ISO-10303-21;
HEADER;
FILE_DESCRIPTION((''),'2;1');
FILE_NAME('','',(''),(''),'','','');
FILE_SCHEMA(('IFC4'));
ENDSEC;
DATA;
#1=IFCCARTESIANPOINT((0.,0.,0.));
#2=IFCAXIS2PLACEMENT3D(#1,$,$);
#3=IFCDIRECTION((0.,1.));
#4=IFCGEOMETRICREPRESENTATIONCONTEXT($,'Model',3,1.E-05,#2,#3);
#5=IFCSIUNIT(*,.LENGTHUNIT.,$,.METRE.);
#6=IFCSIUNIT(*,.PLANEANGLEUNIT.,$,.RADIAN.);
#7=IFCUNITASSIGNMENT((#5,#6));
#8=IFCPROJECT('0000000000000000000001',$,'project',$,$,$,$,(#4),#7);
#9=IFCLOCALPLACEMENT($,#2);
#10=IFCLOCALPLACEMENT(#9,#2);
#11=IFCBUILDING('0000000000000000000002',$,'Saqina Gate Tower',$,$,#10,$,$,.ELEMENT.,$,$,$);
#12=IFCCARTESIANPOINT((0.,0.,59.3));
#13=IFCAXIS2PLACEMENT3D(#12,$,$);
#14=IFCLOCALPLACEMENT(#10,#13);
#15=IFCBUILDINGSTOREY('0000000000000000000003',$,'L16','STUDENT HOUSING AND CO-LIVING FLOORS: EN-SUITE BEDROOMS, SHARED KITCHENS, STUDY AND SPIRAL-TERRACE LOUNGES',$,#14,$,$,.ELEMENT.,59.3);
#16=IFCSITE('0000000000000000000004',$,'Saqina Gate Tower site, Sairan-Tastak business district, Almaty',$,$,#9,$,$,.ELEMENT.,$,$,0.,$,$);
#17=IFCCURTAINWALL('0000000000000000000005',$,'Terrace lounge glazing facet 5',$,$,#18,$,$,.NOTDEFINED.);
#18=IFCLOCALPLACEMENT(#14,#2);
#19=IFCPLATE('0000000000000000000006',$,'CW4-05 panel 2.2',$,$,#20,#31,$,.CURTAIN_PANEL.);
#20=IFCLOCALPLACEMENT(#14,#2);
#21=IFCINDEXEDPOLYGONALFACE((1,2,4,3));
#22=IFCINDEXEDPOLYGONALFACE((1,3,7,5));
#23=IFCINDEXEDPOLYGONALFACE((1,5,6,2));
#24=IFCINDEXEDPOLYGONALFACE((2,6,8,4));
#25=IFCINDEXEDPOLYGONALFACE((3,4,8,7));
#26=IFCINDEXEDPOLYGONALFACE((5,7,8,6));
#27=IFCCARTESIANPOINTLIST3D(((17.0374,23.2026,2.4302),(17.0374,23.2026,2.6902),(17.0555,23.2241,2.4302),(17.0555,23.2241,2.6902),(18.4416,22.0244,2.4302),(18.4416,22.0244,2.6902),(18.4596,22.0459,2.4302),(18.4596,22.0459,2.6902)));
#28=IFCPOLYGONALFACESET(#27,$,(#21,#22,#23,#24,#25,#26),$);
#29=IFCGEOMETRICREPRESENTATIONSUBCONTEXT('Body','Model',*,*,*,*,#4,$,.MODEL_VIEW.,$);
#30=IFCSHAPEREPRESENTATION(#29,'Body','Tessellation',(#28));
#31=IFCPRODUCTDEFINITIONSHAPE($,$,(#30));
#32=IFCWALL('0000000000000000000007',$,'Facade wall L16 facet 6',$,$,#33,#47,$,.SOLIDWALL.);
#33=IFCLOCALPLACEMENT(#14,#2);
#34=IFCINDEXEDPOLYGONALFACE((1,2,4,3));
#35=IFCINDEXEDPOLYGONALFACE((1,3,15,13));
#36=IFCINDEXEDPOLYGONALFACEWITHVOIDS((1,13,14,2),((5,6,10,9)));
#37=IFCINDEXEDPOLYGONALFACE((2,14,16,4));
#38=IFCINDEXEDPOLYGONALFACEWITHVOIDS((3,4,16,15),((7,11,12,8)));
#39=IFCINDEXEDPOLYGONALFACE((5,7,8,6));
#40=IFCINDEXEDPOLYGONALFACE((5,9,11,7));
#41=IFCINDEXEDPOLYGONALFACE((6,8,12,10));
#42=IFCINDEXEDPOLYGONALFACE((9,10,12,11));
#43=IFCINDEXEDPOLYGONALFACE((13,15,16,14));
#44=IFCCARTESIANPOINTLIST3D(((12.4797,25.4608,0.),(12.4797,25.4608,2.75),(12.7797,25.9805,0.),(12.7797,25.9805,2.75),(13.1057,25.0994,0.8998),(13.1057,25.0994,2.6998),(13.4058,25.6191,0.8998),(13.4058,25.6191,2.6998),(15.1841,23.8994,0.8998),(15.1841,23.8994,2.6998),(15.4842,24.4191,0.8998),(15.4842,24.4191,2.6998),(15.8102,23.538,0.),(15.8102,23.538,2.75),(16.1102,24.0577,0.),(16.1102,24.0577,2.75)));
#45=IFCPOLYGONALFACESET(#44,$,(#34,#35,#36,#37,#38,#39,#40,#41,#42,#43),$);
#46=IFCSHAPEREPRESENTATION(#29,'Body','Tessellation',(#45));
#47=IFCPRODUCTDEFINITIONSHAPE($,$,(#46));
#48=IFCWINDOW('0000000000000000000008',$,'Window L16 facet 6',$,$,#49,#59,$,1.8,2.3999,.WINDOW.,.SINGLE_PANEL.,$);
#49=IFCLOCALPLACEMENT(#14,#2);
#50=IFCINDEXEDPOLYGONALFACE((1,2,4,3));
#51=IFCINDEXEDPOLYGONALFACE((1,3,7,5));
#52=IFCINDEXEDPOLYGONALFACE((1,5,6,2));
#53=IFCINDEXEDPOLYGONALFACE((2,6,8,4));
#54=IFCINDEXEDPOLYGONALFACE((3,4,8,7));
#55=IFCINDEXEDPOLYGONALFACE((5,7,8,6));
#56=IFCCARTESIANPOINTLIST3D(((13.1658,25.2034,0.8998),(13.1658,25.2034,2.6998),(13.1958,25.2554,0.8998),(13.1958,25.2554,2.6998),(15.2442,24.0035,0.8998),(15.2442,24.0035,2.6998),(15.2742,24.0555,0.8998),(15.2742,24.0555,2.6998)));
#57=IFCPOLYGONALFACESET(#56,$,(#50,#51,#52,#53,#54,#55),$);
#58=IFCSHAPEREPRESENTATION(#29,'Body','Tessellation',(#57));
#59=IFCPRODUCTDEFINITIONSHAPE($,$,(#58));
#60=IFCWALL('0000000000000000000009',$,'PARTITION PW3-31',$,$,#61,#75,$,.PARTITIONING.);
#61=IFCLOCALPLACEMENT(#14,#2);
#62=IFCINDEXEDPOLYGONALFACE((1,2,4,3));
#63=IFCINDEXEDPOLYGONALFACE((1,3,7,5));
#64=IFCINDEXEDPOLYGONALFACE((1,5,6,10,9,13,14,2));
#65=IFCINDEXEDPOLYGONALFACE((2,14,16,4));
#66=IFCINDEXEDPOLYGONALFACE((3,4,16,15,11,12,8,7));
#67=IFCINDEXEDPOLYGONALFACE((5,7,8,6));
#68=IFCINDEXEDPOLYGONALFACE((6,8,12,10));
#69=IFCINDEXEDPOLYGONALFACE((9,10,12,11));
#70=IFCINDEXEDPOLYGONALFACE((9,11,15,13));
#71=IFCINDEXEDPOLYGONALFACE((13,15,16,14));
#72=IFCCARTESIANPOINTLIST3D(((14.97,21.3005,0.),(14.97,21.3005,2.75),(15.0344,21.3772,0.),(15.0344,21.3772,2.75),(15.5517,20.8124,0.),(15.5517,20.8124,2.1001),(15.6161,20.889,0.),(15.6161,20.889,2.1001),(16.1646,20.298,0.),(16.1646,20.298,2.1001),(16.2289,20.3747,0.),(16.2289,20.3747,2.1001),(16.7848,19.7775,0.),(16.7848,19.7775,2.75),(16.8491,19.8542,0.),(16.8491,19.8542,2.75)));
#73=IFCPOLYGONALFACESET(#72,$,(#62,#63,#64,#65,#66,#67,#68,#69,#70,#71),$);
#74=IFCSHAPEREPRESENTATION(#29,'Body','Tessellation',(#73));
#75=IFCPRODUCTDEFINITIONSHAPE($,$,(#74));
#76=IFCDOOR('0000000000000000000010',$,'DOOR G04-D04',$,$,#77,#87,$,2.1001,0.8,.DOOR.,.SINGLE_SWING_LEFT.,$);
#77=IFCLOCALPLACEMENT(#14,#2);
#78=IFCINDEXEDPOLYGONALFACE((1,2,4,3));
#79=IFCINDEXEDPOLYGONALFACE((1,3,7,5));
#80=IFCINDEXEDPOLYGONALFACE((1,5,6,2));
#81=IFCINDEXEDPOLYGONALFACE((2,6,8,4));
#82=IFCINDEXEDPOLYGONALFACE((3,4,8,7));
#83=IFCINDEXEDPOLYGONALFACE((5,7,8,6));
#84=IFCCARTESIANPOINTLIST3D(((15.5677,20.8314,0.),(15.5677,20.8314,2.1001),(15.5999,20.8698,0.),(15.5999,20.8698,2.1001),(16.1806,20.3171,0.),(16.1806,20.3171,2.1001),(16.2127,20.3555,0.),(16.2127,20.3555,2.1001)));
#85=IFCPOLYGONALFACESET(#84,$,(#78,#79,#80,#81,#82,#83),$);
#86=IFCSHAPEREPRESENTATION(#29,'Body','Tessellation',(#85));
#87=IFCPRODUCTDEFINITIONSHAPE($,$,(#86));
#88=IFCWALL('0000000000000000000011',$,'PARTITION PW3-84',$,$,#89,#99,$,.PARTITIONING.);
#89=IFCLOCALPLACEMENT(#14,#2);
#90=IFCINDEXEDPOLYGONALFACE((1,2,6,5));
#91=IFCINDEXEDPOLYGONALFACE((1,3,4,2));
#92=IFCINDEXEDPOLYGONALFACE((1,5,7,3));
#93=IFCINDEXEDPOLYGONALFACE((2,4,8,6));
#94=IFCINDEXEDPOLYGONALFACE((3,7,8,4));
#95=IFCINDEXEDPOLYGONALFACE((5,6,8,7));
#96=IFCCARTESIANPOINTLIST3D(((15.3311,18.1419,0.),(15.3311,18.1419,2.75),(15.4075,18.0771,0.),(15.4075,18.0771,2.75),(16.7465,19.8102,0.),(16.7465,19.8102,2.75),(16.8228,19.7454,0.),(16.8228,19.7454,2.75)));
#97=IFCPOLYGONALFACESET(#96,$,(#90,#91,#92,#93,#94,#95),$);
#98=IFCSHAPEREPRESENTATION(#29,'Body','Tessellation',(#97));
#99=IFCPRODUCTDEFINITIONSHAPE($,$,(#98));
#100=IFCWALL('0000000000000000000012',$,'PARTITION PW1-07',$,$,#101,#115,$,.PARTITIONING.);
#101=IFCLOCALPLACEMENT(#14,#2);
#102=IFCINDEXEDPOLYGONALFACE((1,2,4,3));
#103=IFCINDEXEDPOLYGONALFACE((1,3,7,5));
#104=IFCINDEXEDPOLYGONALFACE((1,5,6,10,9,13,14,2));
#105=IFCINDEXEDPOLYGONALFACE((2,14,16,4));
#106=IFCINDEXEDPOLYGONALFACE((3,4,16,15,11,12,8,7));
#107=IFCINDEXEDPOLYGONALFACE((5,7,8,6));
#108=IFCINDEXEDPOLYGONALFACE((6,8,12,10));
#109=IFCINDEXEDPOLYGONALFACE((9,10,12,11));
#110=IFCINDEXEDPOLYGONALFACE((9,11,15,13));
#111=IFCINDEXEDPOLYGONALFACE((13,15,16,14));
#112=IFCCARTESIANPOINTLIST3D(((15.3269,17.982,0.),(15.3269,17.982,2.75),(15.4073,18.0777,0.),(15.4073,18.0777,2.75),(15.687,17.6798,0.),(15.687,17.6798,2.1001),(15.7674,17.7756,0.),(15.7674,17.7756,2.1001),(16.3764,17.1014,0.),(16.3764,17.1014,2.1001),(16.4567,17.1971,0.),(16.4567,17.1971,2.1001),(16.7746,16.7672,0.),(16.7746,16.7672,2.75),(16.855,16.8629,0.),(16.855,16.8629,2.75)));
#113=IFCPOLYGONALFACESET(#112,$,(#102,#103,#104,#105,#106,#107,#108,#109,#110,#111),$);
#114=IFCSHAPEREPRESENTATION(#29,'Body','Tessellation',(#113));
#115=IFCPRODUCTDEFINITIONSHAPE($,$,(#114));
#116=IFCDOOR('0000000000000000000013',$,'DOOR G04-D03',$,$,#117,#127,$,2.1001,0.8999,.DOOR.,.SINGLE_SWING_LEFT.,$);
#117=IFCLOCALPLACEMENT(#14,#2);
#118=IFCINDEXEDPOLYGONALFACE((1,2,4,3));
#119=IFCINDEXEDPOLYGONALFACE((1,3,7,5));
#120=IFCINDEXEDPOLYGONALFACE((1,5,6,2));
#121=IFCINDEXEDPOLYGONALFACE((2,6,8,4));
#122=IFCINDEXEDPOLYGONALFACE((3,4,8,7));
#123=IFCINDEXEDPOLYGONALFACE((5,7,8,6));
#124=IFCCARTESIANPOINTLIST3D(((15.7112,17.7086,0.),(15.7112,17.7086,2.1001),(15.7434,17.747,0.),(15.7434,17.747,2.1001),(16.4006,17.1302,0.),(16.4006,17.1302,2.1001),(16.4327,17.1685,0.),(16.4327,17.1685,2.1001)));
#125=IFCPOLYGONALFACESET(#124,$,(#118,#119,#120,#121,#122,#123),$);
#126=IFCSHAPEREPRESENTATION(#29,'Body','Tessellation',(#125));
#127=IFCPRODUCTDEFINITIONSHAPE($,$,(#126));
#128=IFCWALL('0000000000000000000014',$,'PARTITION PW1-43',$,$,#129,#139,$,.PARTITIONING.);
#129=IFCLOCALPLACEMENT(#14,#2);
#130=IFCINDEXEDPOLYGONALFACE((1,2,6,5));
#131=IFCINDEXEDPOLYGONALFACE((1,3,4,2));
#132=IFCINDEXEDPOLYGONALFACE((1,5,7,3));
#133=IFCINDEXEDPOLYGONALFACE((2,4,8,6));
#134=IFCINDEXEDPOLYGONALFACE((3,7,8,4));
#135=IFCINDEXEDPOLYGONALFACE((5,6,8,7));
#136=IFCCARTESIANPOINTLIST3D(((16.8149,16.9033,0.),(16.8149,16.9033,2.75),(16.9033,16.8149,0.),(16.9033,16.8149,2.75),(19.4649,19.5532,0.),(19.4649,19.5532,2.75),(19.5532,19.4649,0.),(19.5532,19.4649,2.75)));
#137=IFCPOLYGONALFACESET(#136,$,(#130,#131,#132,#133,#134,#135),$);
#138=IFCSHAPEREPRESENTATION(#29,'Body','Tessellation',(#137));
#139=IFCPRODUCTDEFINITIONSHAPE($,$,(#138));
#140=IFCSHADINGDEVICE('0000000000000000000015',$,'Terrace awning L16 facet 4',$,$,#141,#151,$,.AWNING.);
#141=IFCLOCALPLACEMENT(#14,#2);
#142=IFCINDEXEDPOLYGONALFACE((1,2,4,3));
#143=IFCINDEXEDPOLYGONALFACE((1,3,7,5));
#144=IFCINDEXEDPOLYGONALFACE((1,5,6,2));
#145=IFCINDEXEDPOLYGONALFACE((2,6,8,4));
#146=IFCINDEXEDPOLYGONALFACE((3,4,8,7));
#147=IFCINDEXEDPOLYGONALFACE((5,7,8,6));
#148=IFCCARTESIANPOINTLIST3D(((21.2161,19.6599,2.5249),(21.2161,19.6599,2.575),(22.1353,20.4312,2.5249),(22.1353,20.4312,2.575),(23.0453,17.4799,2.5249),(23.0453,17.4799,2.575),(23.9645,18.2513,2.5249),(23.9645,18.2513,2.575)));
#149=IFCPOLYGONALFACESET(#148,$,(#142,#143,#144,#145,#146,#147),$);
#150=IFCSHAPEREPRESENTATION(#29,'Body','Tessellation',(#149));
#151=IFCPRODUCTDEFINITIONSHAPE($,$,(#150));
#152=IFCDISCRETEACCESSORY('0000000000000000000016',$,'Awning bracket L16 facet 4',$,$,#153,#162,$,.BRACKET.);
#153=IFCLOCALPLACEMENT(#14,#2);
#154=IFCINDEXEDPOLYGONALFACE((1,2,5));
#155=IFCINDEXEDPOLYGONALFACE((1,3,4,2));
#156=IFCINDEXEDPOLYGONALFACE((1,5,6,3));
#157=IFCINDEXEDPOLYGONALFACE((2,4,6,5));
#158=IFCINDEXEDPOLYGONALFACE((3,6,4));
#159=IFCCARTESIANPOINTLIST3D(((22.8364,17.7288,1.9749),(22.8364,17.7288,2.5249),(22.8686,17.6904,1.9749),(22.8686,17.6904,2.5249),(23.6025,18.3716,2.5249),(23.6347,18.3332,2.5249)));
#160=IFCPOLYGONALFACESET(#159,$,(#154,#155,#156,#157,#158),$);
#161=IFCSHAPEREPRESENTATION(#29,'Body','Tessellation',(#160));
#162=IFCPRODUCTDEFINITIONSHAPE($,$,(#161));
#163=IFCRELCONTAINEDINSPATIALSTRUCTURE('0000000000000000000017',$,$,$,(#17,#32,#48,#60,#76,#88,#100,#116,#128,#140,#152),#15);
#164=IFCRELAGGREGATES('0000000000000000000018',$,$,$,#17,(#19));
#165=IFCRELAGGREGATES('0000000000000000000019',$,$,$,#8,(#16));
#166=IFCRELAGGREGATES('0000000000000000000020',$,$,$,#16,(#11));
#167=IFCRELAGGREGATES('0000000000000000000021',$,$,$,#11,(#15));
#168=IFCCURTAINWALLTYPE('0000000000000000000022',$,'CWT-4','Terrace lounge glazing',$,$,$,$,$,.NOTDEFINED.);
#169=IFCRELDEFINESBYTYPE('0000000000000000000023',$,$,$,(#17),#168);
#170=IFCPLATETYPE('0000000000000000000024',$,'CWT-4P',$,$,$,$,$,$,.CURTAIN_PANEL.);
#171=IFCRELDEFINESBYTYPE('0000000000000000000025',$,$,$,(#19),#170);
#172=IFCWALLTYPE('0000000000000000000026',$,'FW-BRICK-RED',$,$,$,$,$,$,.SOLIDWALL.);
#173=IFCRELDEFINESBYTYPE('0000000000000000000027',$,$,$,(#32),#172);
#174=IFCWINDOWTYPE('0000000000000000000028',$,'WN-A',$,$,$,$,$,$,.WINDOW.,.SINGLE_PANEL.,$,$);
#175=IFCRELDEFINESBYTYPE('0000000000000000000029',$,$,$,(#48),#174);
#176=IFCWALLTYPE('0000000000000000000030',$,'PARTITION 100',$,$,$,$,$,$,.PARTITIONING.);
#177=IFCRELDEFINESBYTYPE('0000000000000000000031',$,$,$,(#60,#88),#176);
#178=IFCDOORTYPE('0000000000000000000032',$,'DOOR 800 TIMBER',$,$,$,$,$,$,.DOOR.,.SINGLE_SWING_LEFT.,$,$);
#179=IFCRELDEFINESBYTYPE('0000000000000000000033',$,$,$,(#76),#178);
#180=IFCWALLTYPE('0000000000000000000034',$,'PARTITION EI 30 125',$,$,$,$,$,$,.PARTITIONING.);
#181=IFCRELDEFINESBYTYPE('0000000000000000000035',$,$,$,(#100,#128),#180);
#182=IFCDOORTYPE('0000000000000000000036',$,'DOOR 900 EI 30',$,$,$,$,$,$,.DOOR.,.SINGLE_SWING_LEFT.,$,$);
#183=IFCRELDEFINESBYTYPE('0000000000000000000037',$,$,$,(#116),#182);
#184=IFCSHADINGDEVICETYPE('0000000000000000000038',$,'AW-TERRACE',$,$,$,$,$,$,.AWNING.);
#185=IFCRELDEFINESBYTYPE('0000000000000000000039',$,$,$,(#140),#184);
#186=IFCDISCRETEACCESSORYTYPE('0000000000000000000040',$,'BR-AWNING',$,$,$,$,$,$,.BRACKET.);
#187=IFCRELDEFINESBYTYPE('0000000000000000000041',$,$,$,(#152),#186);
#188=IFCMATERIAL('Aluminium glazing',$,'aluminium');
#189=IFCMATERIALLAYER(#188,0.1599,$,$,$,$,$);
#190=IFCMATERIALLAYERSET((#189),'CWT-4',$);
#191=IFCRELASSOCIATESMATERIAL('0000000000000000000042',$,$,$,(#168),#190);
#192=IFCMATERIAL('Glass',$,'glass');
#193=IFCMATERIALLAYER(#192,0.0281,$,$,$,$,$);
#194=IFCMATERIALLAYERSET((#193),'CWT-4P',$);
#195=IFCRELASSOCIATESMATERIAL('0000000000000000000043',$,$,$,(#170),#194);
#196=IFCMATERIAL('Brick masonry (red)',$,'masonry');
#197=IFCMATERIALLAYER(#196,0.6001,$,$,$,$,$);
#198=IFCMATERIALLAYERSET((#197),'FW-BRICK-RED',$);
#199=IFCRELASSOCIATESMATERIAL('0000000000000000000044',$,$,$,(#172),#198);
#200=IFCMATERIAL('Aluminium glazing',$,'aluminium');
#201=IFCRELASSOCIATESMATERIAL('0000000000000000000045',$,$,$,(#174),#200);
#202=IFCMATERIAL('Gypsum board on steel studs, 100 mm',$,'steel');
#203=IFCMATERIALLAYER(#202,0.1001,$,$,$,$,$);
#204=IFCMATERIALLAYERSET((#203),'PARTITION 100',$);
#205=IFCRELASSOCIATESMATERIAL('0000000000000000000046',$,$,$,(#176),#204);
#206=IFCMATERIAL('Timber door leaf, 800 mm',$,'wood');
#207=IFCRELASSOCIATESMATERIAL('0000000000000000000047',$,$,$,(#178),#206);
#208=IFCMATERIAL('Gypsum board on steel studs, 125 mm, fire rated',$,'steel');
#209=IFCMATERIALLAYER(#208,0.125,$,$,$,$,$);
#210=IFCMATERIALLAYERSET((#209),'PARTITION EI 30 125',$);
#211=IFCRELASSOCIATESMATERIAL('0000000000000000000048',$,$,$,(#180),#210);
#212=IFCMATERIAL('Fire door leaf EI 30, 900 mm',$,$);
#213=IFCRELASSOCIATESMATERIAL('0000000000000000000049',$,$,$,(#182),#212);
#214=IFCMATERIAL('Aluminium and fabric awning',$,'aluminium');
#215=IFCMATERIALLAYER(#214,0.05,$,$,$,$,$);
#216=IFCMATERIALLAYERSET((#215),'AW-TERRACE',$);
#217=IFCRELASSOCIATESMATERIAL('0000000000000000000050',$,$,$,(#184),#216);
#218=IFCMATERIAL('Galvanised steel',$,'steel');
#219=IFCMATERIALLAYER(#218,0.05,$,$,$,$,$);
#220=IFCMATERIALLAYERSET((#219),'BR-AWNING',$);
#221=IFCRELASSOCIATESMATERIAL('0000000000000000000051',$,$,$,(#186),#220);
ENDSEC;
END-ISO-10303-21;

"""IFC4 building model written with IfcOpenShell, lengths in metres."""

from ifc_helpers import new_model, si_unit, direction, frame, frame_2d, origin, origin_2d, place, context, subcontext, project, spatial, polyline, rectangle, outline, extrude, material, layer, layer_set, type_object, element, fill, aggregate, save


model = new_model("IFC4")

# Units and contexts
model_context = context("Model", 3, precision=1e-05, world=origin(), true_north=direction((0.0, 1.0)))
body_context = subcontext(model_context, "Body", "Model", "MODEL_VIEW")
ifc_project = project(units=[si_unit("LENGTHUNIT", "METRE"), si_unit("PLANEANGLEUNIT", "RADIAN")], contexts=[model_context])

# Site, building, storey
site_placement = place(None, origin())
site = spatial("IfcSite", under=ifc_project, at=site_placement, Name="Saqina Gate Tower site, Sairan-Tastak business district, Almaty", CompositionType="ELEMENT", RefElevation=0.0)
building_placement = place(site_placement, origin())
building = spatial("IfcBuilding", under=site, at=building_placement, Name="Saqina Gate Tower", CompositionType="ELEMENT")
storey_placement = place(building_placement, frame((0.0, 0.0, 59.3)))
storey = spatial("IfcBuildingStorey", under=building, at=storey_placement, Name="L16", Description="STUDENT HOUSING AND CO-LIVING FLOORS: EN-SUITE BEDROOMS, SHARED KITCHENS, STUDY AND SPIRAL-TERRACE LOUNGES", CompositionType="ELEMENT", Elevation=59.3)

# Curtain wall, plate
ifc_material_1 = material(Name="Aluminium glazing", Category="aluminium")
ifc_layer_1 = layer(ifc_material_1, 0.1599)
ifc_layer_set_1 = layer_set([ifc_layer_1], Name="CWT-4")
curtain_wall_type = type_object("IfcCurtainWallType", Name="CWT-4", Description="Terrace lounge glazing", PredefinedType="NOTDEFINED", material=ifc_layer_set_1)
curtain_wall_placement = place(storey_placement, origin())
curtain_wall = element("IfcCurtainWall", 1, at=curtain_wall_placement, inside=storey, type_object=curtain_wall_type, Name="Terrace lounge glazing facet 5", PredefinedType="NOTDEFINED")
ifc_material_2 = material(Name="Glass", Category="glass")
ifc_layer_2 = layer(ifc_material_2, 0.0281)
ifc_layer_set_2 = layer_set([ifc_layer_2], Name="CWT-4P")
plate_type = type_object("IfcPlateType", Name="CWT-4P", PredefinedType="CURTAIN_PANEL", material=ifc_layer_set_2)
plate_1_placement = place(storey_placement, frame((17.7485, 22.6243, 2.4302), z_axis=(0.0, 0.0, 1.0), x_axis=(-0.766041, 0.642792, 0.0)))
plate_1 = element("IfcPlate", 2, at=plate_1_placement, type_object=plate_type, Name="CW4-05 panel 2.2", PredefinedType="CURTAIN_PANEL", context=body_context, shape_type="SweptSolid", body=[
    extrude(rectangle(XDim=1.833, YDim=0.0281, at=origin_2d()), origin(), (0.0, 0.0, 1.0), 0.26),
])
aggregate(curtain_wall, [plate_1])

# Shared definitions
ifc_material_3 = material(Name="Brick masonry (red)", Category="masonry")
ifc_layer_3 = layer(ifc_material_3, 0.6001)
ifc_layer_set_3 = layer_set([ifc_layer_3], Name="FW-BRICK-RED")
wall_type_1 = type_object("IfcWallType", Name="FW-BRICK-RED", PredefinedType="SOLIDWALL", material=ifc_layer_set_3)

# Wall, opening, window
wall_1_placement = place(storey_placement, frame((15.9602, 23.7979, 0.0), z_axis=(0.0, 0.0, 1.0), x_axis=(-0.866031, 0.49999, 0.0)))
wall_1 = element("IfcWall", 3, at=wall_1_placement, inside=storey, type_object=wall_type_1, Name="Facade wall L16 facet 6", PredefinedType="SOLIDWALL", context=body_context, shape_type="SweptSolid", body=[
    extrude(rectangle(XDim=3.8457, YDim=0.6001, at=frame_2d((1.9229, 0.0))), origin(), (0.0, 0.0, 1.0), 2.75),
])
opening_1_placement = place(wall_1_placement, frame((0.7229, 0.0, 0.8999)))
opening_1 = element("IfcOpeningElement", 4, at=opening_1_placement, cuts=wall_1, PredefinedType="OPENING", context=body_context, shape_type="SweptSolid", body=[
    extrude(rectangle(XDim=2.3999, YDim=1.8, at=frame_2d((1.2, 0.8999))), frame((0.0, 0.312, 0.0), z_axis=(0.0, -1.0, 0.0), x_axis=(1.0, 0.0, 0.0)), (0.0, 0.0, 1.0), 0.624),
])
ifc_material_4 = material(Name="Aluminium glazing", Category="aluminium")
window_type = type_object("IfcWindowType", Name="WN-A", PartitioningType="SINGLE_PANEL", PredefinedType="WINDOW", material=ifc_material_4)
window_placement = place(opening_1_placement, origin())
window = element("IfcWindow", 5, at=window_placement, inside=storey, type_object=window_type, Name="Window L16 facet 6", OverallHeight=1.8, OverallWidth=2.3999, PartitioningType="SINGLE_PANEL", PredefinedType="WINDOW", context=body_context, shape_type="SweptSolid", body=[
    extrude(rectangle(XDim=2.3999, YDim=1.8, at=frame_2d((1.2, 0.8999))), frame((0.0, 0.1799, 0.0), z_axis=(0.0, -1.0, 0.0), x_axis=(1.0, 0.0, 0.0)), (0.0, 0.0, 1.0), 0.0601),
])
fill(opening_1, window)

# Wall, opening, door
ifc_material_5 = material(Name="Gypsum board on steel studs, 100 mm", Category="steel")
ifc_layer_4 = layer(ifc_material_5, 0.1001)
ifc_layer_set_4 = layer_set([ifc_layer_4], Name="PARTITION 100")
wall_type_2 = type_object("IfcWallType", Name="PARTITION 100", PredefinedType="PARTITIONING", material=ifc_layer_set_4)
wall_2_placement = place(storey_placement, frame((15.0022, 21.3389, 0.0), z_axis=(0.0, 0.0, 1.0), x_axis=(0.765995, -0.642846, 0.0)))
wall_2 = element("IfcWall", 6, at=wall_2_placement, inside=storey, type_object=wall_type_2, Name="PARTITION PW3-31", PredefinedType="PARTITIONING", context=body_context, shape_type="SweptSolid", body=[
    extrude(rectangle(XDim=2.3691, YDim=0.1001, at=frame_2d((1.1846, 0.0))), origin(), (0.0, 0.0, 1.0), 2.75),
])
opening_2_placement = place(wall_2_placement, frame((0.7595, 0.0, 0.0)))
opening_2 = element("IfcOpeningElement", 7, at=opening_2_placement, cuts=wall_2, PredefinedType="OPENING", context=body_context, shape_type="SweptSolid", body=[
    extrude(rectangle(XDim=0.8, YDim=2.1001, at=frame_2d((0.3999, 1.05))), frame((0.0, 0.062, 0.0), z_axis=(0.0, -1.0, 0.0), x_axis=(1.0, 0.0, 0.0)), (0.0, 0.0, 1.0), 0.124),
])
ifc_material_6 = material(Name="Timber door leaf, 800 mm", Category="wood")
door_type_1 = type_object("IfcDoorType", Name="DOOR 800 TIMBER", OperationType="SINGLE_SWING_LEFT", PredefinedType="DOOR", material=ifc_material_6)
door_1_placement = place(opening_2_placement, origin())
door_1 = element("IfcDoor", 8, at=door_1_placement, inside=storey, type_object=door_type_1, Name="DOOR G04-D04", OperationType="SINGLE_SWING_LEFT", OverallHeight=2.1001, OverallWidth=0.8, PredefinedType="DOOR", context=body_context, shape_type="SweptSolid", body=[
    extrude(rectangle(XDim=0.8, YDim=2.1001, at=frame_2d((0.3999, 1.05))), frame((0.0, 0.0249, 0.0), z_axis=(0.0, -1.0, 0.0), x_axis=(1.0, 0.0, 0.0)), (0.0, 0.0, 1.0), 0.05),
])
fill(opening_2, door_1)

# Wall
wall_3_placement = place(storey_placement, frame((15.3694, 18.1096, 0.0), z_axis=(0.0, 0.0, 1.0), x_axis=(0.646932, 0.762548, 0.0)))
element("IfcWall", 9, at=wall_3_placement, inside=storey, type_object=wall_type_2, Name="PARTITION PW3-84", PredefinedType="PARTITIONING", context=body_context, shape_type="SweptSolid", body=[
    extrude(rectangle(XDim=2.1877, YDim=0.1001, at=frame_2d((1.0938, 0.0))), origin(), (0.0, 0.0, 1.0), 2.75),
])

# Wall, opening, door
ifc_material_7 = material(Name="Gypsum board on steel studs, 125 mm, fire rated", Category="steel")
ifc_layer_5 = layer(ifc_material_7, 0.125)
ifc_layer_set_5 = layer_set([ifc_layer_5], Name="PARTITION EI 30 125")
wall_type_3 = type_object("IfcWallType", Name="PARTITION EI 30 125", PredefinedType="PARTITIONING", material=ifc_layer_set_5)
wall_4_placement = place(storey_placement, frame((15.3672, 18.0298, 0.0), z_axis=(0.0, 0.0, 1.0), x_axis=(0.766036, -0.642798, 0.0)))
wall_4 = element("IfcWall", 10, at=wall_4_placement, inside=storey, type_object=wall_type_3, Name="PARTITION PW1-07", PredefinedType="PARTITIONING", context=body_context, shape_type="SweptSolid", body=[
    extrude(rectangle(XDim=1.8899, YDim=0.125, at=frame_2d((0.9448, 0.0))), origin(), (0.0, 0.0, 1.0), 2.75),
])
opening_3_placement = place(wall_4_placement, frame((0.47, 0.0, 0.0)))
opening_3 = element("IfcOpeningElement", 11, at=opening_3_placement, cuts=wall_4, PredefinedType="OPENING", context=body_context, shape_type="SweptSolid", body=[
    extrude(rectangle(XDim=0.8999, YDim=2.1001, at=frame_2d((0.45, 1.05))), frame((0.0, 0.0745, 0.0), z_axis=(0.0, -1.0, 0.0), x_axis=(1.0, 0.0, 0.0)), (0.0, 0.0, 1.0), 0.1489),
])
ifc_material_8 = material(Name="Fire door leaf EI 30, 900 mm")
door_type_2 = type_object("IfcDoorType", Name="DOOR 900 EI 30", OperationType="SINGLE_SWING_LEFT", PredefinedType="DOOR", material=ifc_material_8)
door_2_placement = place(opening_3_placement, frame((0.8999, 0.0, 0.0), z_axis=(0.0, 0.0, 1.0), x_axis=(-1.0, 0.0, 0.0)))
door_2 = element("IfcDoor", 12, at=door_2_placement, inside=storey, type_object=door_type_2, Name="DOOR G04-D03", OperationType="SINGLE_SWING_LEFT", OverallHeight=2.1001, OverallWidth=0.8999, PredefinedType="DOOR", context=body_context, shape_type="SweptSolid", body=[
    extrude(rectangle(XDim=0.8999, YDim=2.1001, at=frame_2d((0.45, 1.05))), frame((0.0, 0.0249, 0.0), z_axis=(0.0, -1.0, 0.0), x_axis=(1.0, 0.0, 0.0)), (0.0, 0.0, 1.0), 0.05),
])
fill(opening_3, door_2)

# Wall
wall_5_placement = place(storey_placement, frame((16.8591, 16.8591, 0.0), z_axis=(0.0, 0.0, 1.0), x_axis=(0.707107, 0.707107, 0.0)))
element("IfcWall", 13, at=wall_5_placement, inside=storey, type_object=wall_type_3, Name="PARTITION PW1-43", PredefinedType="PARTITIONING", context=body_context, shape_type="SweptSolid", body=[
    extrude(rectangle(XDim=3.7476, YDim=0.125, at=frame_2d((1.8738, 0.0))), origin(), (0.0, 0.0, 1.0), 2.75),
])

# Shading device
ifc_material_9 = material(Name="Aluminium and fabric awning", Category="aluminium")
ifc_layer_6 = layer(ifc_material_9, 0.05)
ifc_layer_set_6 = layer_set([ifc_layer_6], Name="AW-TERRACE")
shading_device_type = type_object("IfcShadingDeviceType", Name="AW-TERRACE", PredefinedType="AWNING", material=ifc_layer_set_6)
shading_device_placement = place(storey_placement, frame((22.5903, 18.9556, 2.5249), z_axis=(0.0, 0.0, 1.0), x_axis=(-0.642788, 0.766044, 0.0)))
element("IfcShadingDevice", 14, at=shading_device_placement, inside=storey, type_object=shading_device_type, Name="Terrace awning L16 facet 4", PredefinedType="AWNING", context=body_context, shape_type="SweptSolid", body=[
    extrude(rectangle(XDim=2.8457, YDim=1.2, at=origin_2d()), origin(), (0.0, 0.0, 1.0), 0.05),
])

# Discrete accessory
ifc_material_10 = material(Name="Galvanised steel", Category="steel")
ifc_layer_7 = layer(ifc_material_10, 0.05)
ifc_layer_set_7 = layer_set([ifc_layer_7], Name="BR-AWNING")
discrete_accessory_type_1 = type_object("IfcDiscreteAccessoryType", Name="BR-AWNING", PredefinedType="BRACKET", material=ifc_layer_set_7)
for number, where, z_axis, x_axis, name in (
    (15, (22.8364, 17.7288, 1.9749), (-0.642774, 0.766056, 0.0), (0.0, 0.0, 1.0), "Awning bracket L16 facet 4"),
):
    element("IfcDiscreteAccessory", number, at=place(storey_placement, frame(where, z_axis=z_axis, x_axis=x_axis)), inside=storey, type_object=discrete_accessory_type_1, Name=name, PredefinedType="BRACKET", context=body_context, shape_type="SweptSolid", body=[
        extrude(outline(polyline([(0.0, 0.0), (0.55, 0.0), (0.55, 1.0001), (0.0, 0.0)])), origin(), (0.0, 0.0, -1.0), 0.05),
    ])

save(model, "model.ifc")
